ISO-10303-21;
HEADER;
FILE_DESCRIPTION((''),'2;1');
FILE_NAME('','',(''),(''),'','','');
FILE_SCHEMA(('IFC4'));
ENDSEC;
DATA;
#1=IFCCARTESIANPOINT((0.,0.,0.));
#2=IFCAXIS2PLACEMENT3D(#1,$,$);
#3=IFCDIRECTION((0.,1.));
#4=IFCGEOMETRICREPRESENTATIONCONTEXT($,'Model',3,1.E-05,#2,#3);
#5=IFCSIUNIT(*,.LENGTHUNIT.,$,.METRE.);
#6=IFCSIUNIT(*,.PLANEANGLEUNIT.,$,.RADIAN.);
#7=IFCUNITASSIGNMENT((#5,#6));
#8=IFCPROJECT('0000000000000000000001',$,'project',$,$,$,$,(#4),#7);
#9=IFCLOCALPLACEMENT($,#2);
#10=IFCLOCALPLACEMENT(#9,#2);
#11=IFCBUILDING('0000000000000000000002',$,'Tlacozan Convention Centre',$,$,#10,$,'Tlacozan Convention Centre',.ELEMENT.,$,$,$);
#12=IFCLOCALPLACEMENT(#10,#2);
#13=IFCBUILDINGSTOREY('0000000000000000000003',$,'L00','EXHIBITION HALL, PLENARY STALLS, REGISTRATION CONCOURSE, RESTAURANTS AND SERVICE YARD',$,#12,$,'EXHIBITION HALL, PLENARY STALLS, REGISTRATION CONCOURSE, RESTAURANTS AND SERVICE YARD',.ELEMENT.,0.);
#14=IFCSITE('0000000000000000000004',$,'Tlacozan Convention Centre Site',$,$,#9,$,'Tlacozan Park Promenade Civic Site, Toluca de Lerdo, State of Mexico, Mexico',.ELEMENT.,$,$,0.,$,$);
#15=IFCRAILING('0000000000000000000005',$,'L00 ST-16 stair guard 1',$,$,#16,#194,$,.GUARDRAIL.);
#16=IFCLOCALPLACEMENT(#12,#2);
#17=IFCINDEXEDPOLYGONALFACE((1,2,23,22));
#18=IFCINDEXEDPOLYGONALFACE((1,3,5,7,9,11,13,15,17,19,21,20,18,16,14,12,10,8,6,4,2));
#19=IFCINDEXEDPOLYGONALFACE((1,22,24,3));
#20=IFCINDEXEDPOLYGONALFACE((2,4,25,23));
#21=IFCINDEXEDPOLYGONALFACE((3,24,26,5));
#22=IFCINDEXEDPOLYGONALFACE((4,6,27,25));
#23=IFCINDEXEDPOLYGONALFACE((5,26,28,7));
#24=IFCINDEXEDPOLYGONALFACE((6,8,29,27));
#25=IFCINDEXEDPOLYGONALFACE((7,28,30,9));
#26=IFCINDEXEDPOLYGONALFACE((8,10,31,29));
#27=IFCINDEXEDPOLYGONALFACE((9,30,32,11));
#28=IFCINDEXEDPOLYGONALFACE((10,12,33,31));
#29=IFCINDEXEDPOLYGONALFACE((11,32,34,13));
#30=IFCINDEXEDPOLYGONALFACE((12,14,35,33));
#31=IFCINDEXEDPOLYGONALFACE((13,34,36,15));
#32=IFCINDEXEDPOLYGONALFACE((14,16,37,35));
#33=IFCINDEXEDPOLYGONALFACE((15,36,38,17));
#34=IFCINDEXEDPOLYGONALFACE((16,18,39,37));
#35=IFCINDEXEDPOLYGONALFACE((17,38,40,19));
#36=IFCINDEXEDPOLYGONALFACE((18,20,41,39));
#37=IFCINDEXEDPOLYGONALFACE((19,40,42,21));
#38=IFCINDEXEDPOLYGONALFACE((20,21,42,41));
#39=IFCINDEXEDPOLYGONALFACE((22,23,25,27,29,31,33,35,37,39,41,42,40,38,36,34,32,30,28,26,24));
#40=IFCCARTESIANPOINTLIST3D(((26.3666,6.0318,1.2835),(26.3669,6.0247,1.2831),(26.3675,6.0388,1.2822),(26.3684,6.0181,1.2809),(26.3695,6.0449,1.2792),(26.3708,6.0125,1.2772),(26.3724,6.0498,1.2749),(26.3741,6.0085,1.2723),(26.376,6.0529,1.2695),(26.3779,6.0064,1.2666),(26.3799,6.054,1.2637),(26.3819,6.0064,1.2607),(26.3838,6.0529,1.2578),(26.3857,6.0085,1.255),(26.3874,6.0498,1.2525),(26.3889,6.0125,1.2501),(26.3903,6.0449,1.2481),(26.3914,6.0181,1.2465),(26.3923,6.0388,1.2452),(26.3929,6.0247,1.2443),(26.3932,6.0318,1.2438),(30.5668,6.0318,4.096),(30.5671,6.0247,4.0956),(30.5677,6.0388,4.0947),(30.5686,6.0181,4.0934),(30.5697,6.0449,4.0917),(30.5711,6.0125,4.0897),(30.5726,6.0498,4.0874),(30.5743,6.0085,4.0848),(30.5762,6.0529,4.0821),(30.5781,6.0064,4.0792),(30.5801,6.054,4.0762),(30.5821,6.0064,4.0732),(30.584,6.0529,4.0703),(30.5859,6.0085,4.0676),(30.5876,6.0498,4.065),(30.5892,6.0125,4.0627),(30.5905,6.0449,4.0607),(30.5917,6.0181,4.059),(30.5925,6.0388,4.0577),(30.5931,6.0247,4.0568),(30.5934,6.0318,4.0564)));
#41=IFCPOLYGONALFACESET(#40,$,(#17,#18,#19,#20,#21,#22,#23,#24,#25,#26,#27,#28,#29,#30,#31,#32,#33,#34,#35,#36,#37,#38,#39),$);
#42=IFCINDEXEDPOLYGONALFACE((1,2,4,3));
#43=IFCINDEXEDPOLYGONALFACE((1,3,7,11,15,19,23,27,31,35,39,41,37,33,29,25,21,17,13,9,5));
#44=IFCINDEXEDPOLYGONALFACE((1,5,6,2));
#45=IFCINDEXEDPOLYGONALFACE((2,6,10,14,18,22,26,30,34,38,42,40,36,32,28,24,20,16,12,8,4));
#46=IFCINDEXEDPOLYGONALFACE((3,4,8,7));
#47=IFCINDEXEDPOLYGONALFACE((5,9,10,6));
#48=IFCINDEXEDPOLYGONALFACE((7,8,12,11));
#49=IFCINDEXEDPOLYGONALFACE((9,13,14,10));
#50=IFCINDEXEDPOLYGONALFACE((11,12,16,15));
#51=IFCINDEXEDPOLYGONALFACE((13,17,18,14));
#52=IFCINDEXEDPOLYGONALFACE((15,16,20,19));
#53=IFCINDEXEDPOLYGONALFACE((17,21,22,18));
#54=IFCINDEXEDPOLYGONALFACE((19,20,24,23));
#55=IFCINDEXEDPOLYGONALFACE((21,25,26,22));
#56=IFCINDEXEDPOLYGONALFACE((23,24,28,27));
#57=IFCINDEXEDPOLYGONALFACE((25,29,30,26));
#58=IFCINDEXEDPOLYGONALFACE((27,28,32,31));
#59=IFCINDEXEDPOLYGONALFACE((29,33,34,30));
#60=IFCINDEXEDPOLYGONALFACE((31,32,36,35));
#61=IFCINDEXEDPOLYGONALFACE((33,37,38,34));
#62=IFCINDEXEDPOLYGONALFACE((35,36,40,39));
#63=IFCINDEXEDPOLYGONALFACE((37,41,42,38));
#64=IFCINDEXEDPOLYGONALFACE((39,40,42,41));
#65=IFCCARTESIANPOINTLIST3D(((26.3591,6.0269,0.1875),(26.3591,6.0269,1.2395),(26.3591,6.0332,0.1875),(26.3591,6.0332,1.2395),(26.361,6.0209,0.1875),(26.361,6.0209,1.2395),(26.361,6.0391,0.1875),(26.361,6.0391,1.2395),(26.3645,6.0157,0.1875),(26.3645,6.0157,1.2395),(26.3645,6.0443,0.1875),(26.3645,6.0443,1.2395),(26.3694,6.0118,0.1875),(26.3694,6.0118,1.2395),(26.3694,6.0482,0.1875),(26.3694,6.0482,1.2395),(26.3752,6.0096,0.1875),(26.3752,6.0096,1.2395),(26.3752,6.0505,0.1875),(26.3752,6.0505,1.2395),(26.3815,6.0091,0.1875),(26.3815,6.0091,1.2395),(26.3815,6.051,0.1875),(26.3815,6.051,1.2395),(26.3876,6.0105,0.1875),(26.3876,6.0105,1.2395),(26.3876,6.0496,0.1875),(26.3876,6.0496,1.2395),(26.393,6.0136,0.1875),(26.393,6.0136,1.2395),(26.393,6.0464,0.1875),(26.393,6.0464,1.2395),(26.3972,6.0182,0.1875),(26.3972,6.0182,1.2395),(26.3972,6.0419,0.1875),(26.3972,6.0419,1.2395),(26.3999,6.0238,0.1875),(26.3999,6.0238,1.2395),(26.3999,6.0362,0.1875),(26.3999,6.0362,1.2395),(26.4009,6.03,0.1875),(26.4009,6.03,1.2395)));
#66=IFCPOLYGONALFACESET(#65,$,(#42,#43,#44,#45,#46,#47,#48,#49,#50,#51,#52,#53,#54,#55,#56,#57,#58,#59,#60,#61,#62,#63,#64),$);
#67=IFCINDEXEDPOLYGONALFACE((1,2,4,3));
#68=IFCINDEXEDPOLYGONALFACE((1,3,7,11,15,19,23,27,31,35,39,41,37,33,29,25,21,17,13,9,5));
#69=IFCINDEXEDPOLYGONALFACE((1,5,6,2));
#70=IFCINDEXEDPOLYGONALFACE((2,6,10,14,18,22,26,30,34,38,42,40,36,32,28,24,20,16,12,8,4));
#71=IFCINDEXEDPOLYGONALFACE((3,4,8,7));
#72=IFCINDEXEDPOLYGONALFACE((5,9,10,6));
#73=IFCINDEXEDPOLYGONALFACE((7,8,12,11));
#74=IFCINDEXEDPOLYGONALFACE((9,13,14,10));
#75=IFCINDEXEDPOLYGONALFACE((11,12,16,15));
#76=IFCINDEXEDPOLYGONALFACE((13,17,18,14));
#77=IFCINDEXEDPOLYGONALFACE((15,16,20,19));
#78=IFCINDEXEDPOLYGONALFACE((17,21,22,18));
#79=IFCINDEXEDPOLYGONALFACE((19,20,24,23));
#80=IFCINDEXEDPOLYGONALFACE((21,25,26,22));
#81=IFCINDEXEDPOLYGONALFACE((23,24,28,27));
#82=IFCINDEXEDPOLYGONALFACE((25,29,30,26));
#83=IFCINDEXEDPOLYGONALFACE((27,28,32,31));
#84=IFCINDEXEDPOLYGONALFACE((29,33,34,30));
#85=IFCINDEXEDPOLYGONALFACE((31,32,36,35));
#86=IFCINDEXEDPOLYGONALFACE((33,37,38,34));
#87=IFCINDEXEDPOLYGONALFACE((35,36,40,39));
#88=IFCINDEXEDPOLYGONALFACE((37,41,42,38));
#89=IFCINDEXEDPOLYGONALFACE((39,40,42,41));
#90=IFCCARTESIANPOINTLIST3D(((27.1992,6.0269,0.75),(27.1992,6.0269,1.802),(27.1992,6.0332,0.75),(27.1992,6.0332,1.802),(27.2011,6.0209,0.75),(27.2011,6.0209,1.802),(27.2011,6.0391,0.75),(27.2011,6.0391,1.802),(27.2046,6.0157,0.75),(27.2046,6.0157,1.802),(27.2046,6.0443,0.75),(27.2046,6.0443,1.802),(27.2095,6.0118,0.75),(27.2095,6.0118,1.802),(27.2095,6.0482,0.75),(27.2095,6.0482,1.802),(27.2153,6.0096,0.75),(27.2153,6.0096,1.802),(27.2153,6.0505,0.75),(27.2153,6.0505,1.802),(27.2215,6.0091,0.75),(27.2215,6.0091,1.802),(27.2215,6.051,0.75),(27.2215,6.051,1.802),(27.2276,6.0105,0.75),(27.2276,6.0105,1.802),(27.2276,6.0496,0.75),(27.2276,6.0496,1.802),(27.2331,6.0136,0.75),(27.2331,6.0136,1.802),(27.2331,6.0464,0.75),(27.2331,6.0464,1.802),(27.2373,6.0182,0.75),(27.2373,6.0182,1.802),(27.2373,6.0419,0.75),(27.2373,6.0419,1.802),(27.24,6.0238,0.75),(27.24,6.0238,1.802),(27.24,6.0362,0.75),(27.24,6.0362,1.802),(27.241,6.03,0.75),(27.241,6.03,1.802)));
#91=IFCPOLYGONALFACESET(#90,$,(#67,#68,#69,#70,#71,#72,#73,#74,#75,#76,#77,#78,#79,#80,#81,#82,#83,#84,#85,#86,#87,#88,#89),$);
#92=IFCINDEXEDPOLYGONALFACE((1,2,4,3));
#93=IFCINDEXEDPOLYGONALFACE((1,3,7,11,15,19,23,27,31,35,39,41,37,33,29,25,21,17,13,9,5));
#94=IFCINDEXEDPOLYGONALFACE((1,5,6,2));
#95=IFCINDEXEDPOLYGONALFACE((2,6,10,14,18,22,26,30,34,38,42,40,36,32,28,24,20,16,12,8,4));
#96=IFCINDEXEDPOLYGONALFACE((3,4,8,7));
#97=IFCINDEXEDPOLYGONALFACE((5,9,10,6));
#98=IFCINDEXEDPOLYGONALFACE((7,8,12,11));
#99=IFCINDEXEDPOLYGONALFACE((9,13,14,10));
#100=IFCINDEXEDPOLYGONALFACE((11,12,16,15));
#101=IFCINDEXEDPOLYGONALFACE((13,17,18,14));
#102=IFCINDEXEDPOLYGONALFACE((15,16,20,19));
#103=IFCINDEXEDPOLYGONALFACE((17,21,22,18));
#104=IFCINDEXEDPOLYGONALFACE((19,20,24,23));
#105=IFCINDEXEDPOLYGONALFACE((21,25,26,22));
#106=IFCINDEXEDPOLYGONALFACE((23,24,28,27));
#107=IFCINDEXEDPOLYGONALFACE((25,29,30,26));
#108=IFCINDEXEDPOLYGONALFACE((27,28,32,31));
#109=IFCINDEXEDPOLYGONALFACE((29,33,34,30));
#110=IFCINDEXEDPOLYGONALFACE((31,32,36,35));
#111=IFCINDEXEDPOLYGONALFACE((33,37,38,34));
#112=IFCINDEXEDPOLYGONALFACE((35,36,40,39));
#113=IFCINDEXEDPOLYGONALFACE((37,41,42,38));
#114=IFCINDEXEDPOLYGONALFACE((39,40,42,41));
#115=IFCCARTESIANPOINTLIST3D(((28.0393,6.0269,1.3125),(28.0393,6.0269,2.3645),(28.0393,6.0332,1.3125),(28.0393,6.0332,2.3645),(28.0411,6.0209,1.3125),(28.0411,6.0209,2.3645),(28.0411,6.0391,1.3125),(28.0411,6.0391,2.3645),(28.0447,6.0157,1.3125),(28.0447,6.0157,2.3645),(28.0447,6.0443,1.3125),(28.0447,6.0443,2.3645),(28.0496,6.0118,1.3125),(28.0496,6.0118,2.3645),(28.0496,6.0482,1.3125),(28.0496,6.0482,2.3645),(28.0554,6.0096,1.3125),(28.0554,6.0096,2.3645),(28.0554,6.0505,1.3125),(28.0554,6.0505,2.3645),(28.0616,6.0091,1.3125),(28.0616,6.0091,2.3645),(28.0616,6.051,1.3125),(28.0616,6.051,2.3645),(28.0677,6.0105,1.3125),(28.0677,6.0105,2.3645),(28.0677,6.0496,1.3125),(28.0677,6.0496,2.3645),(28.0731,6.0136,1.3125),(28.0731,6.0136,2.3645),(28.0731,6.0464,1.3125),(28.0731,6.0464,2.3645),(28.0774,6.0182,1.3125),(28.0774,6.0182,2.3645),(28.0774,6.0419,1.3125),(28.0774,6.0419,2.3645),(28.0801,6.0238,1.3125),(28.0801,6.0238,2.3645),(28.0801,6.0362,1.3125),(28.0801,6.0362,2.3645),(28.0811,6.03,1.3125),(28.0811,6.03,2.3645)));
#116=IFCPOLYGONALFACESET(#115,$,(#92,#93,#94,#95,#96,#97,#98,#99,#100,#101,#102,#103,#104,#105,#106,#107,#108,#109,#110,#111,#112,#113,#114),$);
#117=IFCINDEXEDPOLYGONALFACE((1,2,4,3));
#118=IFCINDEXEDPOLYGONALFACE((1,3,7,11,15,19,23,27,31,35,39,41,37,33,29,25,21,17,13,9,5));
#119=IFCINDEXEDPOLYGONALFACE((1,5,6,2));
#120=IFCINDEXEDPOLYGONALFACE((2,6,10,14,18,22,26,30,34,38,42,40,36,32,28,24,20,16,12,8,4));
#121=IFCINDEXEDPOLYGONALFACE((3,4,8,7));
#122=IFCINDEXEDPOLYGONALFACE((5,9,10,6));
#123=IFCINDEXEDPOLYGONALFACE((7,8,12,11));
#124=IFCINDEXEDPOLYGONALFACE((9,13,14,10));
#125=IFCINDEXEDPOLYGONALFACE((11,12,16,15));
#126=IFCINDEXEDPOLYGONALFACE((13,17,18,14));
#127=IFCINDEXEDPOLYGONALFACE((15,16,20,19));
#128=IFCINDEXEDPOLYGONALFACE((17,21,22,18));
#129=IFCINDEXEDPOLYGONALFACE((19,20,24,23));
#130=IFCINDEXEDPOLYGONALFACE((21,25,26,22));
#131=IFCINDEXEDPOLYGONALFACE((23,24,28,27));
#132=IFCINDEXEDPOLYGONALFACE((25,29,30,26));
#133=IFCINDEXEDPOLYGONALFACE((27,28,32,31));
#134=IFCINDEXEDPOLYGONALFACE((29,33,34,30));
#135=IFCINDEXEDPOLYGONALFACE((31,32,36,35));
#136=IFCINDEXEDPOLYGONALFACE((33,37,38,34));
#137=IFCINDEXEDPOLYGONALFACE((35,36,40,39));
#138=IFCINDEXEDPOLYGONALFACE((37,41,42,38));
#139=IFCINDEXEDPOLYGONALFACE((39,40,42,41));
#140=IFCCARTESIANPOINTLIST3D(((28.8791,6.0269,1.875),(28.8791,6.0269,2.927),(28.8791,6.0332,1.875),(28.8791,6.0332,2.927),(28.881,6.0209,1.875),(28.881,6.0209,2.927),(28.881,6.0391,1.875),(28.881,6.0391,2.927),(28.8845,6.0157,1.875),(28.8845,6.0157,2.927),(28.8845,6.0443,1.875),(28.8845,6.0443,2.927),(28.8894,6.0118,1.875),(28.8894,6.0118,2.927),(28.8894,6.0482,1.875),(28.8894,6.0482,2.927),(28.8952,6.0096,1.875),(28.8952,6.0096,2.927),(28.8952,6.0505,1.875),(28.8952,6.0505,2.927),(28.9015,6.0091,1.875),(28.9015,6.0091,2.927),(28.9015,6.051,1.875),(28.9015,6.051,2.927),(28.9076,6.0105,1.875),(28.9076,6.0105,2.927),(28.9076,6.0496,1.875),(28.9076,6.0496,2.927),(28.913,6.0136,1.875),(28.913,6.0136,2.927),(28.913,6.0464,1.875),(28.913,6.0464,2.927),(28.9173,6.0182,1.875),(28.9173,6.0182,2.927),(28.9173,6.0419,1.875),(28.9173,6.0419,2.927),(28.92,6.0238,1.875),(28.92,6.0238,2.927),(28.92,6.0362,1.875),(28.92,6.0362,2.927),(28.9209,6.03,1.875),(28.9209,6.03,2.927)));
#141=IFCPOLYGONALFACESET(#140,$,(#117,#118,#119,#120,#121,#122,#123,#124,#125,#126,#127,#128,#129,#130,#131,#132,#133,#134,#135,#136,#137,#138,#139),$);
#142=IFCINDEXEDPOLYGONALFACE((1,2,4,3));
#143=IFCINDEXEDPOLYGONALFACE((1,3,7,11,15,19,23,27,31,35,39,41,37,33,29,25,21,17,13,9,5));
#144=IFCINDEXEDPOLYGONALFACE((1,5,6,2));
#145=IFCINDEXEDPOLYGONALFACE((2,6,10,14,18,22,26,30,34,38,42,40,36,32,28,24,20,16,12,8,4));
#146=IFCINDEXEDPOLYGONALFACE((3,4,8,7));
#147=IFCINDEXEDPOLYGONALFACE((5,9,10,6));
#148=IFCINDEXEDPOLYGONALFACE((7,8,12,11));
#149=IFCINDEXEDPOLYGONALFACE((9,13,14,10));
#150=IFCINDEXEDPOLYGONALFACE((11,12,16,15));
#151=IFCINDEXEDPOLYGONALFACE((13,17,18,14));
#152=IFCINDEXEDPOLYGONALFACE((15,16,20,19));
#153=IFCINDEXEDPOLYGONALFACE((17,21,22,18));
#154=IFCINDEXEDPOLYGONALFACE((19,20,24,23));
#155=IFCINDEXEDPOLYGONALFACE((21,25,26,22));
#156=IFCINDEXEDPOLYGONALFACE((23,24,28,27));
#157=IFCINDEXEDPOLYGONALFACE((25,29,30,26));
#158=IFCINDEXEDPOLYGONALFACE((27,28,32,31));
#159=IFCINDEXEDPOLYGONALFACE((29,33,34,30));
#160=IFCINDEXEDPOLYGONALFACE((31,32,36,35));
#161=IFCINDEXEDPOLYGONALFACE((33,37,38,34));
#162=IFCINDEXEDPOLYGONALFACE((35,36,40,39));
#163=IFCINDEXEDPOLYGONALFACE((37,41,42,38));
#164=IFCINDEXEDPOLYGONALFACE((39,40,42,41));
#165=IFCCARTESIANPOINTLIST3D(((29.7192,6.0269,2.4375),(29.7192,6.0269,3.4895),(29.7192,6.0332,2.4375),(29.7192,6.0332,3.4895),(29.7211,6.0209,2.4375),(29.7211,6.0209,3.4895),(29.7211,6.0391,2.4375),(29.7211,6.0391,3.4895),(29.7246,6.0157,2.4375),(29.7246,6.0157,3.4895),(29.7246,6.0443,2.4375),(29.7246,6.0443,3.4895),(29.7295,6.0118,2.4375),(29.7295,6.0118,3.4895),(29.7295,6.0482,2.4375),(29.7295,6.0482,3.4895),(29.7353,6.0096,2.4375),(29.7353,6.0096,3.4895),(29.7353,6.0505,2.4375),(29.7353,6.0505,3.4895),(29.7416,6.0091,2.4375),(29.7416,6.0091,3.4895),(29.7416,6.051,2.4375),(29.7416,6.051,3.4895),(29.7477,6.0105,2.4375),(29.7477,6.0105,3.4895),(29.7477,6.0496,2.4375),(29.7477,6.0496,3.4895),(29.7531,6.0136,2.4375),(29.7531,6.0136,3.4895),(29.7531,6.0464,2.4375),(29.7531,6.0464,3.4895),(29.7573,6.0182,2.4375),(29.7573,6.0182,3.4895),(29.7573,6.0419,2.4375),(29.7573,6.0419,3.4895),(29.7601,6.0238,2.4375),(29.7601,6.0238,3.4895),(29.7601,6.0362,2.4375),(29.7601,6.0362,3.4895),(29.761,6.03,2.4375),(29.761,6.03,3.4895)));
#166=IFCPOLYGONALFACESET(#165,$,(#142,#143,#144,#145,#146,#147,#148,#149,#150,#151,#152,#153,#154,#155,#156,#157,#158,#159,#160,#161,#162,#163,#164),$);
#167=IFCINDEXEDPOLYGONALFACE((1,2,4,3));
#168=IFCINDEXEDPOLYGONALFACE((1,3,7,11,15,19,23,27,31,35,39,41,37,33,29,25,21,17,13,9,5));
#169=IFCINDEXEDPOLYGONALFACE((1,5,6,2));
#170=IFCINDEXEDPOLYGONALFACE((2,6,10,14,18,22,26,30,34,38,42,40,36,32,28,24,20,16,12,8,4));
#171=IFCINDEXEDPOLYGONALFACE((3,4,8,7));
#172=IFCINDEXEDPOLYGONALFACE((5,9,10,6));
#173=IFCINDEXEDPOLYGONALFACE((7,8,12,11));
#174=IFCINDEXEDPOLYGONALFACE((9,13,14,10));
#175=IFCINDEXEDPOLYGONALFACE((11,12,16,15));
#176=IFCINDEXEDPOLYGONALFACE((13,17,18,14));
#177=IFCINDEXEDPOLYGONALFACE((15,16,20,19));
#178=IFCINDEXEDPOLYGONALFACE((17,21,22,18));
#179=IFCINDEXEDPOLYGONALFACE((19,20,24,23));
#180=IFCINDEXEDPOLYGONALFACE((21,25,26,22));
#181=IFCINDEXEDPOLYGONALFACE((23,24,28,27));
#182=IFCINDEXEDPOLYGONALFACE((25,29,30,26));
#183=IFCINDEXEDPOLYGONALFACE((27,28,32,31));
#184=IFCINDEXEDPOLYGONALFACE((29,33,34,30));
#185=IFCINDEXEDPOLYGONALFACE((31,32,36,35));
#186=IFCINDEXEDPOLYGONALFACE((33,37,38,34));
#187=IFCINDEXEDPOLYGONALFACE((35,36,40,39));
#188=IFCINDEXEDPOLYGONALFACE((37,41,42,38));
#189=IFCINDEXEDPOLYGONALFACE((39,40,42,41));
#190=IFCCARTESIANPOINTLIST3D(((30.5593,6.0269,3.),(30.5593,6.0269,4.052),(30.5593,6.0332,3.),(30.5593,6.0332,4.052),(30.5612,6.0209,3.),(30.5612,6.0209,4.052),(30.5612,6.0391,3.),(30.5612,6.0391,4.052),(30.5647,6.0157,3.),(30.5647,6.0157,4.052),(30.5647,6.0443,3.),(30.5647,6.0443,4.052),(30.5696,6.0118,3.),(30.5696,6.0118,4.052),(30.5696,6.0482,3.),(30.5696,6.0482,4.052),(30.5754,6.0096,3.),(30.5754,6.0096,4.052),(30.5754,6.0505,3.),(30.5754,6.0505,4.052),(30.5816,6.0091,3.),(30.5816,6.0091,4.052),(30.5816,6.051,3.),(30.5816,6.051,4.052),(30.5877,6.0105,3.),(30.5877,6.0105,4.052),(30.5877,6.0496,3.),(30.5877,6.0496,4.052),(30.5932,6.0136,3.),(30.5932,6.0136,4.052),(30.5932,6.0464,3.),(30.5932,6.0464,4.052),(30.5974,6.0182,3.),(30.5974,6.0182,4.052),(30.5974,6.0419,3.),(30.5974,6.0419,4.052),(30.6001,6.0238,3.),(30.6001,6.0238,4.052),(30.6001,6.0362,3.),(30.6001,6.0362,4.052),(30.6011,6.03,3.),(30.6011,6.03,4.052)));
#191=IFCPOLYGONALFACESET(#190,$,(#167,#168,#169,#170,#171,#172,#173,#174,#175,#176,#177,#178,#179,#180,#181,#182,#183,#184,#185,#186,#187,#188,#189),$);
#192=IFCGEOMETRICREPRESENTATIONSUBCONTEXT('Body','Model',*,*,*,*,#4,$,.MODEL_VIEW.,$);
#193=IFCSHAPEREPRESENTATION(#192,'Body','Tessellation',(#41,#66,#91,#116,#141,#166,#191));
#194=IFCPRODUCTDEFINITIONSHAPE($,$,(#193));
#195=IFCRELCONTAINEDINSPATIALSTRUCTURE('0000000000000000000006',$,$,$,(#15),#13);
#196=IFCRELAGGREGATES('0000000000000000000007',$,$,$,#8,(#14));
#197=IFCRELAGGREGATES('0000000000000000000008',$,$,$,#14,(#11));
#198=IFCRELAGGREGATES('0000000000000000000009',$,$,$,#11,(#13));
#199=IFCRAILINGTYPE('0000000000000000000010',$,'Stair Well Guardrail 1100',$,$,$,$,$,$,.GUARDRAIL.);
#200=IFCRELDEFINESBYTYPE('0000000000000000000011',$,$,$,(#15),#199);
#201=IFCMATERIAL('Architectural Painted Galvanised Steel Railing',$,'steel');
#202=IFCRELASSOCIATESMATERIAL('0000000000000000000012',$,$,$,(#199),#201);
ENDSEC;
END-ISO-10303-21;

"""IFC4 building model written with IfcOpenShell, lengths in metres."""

from ifc_helpers import new_model, si_unit, direction, frame, origin, origin_2d, place, context, subcontext, project, spatial, circle, extrude, material, type_object, element, save


model = new_model("IFC4")

# Units and contexts
model_context = context("Model", 3, precision=1e-05, world=origin(), true_north=direction((0.0, 1.0)))
body_context = subcontext(model_context, "Body", "Model", "MODEL_VIEW")
ifc_project = project(units=[si_unit("LENGTHUNIT", "METRE"), si_unit("PLANEANGLEUNIT", "RADIAN")], contexts=[model_context])

# Site, building, storey
site_placement = place(None, origin())
site = spatial("IfcSite", under=ifc_project, at=site_placement, Name="Tlacozan Convention Centre Site", LongName="Tlacozan Park Promenade Civic Site, Toluca de Lerdo, State of Mexico, Mexico", CompositionType="ELEMENT", RefElevation=0.0)
building_placement = place(site_placement, origin())
building = spatial("IfcBuilding", under=site, at=building_placement, Name="Tlacozan Convention Centre", LongName="Tlacozan Convention Centre", CompositionType="ELEMENT")
storey_placement = place(building_placement, origin())
storey = spatial("IfcBuildingStorey", under=building, at=storey_placement, Name="L00", Description="EXHIBITION HALL, PLENARY STALLS, REGISTRATION CONCOURSE, RESTAURANTS AND SERVICE YARD", LongName="EXHIBITION HALL, PLENARY STALLS, REGISTRATION CONCOURSE, RESTAURANTS AND SERVICE YARD", CompositionType="ELEMENT", Elevation=0.0)

# Railing
ifc_material_1 = material(Name="Architectural Painted Galvanised Steel Railing", Category="steel")
railing_type_1 = type_object("IfcRailingType", Name="Stair Well Guardrail 1100", PredefinedType="GUARDRAIL", material=ifc_material_1)
railing_1_placement = place(storey_placement, frame((26.3799, 6.03, 0.1875)))
element("IfcRailing", 1, at=railing_1_placement, inside=storey, type_object=railing_type_1, Name="L00 ST-16 stair guard 1", PredefinedType="GUARDRAIL", context=body_context, shape_type="SweptSolid", body=[
    extrude(circle(Radius=0.0239, at=origin_2d()), frame((0.0, 0.0, 1.0762), z_axis=(0.830919, 0.0, 0.556393), x_axis=(0.0, 1.0, 0.0)), (0.0, 0.0, 1.0), 5.0549),
    extrude(circle(Radius=0.021, at=origin_2d()), origin(), (0.0, 0.0, 1.0), 1.052),
    extrude(circle(Radius=0.021, at=origin_2d()), frame((0.8401, 0.0, 0.5625)), (0.0, 0.0, 1.0), 1.052),
    extrude(circle(Radius=0.021, at=origin_2d()), frame((1.6802, 0.0, 1.125)), (0.0, 0.0, 1.0), 1.052),
    extrude(circle(Radius=0.021, at=origin_2d()), frame((2.52, 0.0, 1.6875)), (0.0, 0.0, 1.0), 1.052),
    extrude(circle(Radius=0.021, at=origin_2d()), frame((3.3601, 0.0, 2.25)), (0.0, 0.0, 1.0), 1.052),
    extrude(circle(Radius=0.021, at=origin_2d()), frame((4.2002, 0.0, 2.8125)), (0.0, 0.0, 1.0), 1.052),
])

save(model, "model.ifc")
